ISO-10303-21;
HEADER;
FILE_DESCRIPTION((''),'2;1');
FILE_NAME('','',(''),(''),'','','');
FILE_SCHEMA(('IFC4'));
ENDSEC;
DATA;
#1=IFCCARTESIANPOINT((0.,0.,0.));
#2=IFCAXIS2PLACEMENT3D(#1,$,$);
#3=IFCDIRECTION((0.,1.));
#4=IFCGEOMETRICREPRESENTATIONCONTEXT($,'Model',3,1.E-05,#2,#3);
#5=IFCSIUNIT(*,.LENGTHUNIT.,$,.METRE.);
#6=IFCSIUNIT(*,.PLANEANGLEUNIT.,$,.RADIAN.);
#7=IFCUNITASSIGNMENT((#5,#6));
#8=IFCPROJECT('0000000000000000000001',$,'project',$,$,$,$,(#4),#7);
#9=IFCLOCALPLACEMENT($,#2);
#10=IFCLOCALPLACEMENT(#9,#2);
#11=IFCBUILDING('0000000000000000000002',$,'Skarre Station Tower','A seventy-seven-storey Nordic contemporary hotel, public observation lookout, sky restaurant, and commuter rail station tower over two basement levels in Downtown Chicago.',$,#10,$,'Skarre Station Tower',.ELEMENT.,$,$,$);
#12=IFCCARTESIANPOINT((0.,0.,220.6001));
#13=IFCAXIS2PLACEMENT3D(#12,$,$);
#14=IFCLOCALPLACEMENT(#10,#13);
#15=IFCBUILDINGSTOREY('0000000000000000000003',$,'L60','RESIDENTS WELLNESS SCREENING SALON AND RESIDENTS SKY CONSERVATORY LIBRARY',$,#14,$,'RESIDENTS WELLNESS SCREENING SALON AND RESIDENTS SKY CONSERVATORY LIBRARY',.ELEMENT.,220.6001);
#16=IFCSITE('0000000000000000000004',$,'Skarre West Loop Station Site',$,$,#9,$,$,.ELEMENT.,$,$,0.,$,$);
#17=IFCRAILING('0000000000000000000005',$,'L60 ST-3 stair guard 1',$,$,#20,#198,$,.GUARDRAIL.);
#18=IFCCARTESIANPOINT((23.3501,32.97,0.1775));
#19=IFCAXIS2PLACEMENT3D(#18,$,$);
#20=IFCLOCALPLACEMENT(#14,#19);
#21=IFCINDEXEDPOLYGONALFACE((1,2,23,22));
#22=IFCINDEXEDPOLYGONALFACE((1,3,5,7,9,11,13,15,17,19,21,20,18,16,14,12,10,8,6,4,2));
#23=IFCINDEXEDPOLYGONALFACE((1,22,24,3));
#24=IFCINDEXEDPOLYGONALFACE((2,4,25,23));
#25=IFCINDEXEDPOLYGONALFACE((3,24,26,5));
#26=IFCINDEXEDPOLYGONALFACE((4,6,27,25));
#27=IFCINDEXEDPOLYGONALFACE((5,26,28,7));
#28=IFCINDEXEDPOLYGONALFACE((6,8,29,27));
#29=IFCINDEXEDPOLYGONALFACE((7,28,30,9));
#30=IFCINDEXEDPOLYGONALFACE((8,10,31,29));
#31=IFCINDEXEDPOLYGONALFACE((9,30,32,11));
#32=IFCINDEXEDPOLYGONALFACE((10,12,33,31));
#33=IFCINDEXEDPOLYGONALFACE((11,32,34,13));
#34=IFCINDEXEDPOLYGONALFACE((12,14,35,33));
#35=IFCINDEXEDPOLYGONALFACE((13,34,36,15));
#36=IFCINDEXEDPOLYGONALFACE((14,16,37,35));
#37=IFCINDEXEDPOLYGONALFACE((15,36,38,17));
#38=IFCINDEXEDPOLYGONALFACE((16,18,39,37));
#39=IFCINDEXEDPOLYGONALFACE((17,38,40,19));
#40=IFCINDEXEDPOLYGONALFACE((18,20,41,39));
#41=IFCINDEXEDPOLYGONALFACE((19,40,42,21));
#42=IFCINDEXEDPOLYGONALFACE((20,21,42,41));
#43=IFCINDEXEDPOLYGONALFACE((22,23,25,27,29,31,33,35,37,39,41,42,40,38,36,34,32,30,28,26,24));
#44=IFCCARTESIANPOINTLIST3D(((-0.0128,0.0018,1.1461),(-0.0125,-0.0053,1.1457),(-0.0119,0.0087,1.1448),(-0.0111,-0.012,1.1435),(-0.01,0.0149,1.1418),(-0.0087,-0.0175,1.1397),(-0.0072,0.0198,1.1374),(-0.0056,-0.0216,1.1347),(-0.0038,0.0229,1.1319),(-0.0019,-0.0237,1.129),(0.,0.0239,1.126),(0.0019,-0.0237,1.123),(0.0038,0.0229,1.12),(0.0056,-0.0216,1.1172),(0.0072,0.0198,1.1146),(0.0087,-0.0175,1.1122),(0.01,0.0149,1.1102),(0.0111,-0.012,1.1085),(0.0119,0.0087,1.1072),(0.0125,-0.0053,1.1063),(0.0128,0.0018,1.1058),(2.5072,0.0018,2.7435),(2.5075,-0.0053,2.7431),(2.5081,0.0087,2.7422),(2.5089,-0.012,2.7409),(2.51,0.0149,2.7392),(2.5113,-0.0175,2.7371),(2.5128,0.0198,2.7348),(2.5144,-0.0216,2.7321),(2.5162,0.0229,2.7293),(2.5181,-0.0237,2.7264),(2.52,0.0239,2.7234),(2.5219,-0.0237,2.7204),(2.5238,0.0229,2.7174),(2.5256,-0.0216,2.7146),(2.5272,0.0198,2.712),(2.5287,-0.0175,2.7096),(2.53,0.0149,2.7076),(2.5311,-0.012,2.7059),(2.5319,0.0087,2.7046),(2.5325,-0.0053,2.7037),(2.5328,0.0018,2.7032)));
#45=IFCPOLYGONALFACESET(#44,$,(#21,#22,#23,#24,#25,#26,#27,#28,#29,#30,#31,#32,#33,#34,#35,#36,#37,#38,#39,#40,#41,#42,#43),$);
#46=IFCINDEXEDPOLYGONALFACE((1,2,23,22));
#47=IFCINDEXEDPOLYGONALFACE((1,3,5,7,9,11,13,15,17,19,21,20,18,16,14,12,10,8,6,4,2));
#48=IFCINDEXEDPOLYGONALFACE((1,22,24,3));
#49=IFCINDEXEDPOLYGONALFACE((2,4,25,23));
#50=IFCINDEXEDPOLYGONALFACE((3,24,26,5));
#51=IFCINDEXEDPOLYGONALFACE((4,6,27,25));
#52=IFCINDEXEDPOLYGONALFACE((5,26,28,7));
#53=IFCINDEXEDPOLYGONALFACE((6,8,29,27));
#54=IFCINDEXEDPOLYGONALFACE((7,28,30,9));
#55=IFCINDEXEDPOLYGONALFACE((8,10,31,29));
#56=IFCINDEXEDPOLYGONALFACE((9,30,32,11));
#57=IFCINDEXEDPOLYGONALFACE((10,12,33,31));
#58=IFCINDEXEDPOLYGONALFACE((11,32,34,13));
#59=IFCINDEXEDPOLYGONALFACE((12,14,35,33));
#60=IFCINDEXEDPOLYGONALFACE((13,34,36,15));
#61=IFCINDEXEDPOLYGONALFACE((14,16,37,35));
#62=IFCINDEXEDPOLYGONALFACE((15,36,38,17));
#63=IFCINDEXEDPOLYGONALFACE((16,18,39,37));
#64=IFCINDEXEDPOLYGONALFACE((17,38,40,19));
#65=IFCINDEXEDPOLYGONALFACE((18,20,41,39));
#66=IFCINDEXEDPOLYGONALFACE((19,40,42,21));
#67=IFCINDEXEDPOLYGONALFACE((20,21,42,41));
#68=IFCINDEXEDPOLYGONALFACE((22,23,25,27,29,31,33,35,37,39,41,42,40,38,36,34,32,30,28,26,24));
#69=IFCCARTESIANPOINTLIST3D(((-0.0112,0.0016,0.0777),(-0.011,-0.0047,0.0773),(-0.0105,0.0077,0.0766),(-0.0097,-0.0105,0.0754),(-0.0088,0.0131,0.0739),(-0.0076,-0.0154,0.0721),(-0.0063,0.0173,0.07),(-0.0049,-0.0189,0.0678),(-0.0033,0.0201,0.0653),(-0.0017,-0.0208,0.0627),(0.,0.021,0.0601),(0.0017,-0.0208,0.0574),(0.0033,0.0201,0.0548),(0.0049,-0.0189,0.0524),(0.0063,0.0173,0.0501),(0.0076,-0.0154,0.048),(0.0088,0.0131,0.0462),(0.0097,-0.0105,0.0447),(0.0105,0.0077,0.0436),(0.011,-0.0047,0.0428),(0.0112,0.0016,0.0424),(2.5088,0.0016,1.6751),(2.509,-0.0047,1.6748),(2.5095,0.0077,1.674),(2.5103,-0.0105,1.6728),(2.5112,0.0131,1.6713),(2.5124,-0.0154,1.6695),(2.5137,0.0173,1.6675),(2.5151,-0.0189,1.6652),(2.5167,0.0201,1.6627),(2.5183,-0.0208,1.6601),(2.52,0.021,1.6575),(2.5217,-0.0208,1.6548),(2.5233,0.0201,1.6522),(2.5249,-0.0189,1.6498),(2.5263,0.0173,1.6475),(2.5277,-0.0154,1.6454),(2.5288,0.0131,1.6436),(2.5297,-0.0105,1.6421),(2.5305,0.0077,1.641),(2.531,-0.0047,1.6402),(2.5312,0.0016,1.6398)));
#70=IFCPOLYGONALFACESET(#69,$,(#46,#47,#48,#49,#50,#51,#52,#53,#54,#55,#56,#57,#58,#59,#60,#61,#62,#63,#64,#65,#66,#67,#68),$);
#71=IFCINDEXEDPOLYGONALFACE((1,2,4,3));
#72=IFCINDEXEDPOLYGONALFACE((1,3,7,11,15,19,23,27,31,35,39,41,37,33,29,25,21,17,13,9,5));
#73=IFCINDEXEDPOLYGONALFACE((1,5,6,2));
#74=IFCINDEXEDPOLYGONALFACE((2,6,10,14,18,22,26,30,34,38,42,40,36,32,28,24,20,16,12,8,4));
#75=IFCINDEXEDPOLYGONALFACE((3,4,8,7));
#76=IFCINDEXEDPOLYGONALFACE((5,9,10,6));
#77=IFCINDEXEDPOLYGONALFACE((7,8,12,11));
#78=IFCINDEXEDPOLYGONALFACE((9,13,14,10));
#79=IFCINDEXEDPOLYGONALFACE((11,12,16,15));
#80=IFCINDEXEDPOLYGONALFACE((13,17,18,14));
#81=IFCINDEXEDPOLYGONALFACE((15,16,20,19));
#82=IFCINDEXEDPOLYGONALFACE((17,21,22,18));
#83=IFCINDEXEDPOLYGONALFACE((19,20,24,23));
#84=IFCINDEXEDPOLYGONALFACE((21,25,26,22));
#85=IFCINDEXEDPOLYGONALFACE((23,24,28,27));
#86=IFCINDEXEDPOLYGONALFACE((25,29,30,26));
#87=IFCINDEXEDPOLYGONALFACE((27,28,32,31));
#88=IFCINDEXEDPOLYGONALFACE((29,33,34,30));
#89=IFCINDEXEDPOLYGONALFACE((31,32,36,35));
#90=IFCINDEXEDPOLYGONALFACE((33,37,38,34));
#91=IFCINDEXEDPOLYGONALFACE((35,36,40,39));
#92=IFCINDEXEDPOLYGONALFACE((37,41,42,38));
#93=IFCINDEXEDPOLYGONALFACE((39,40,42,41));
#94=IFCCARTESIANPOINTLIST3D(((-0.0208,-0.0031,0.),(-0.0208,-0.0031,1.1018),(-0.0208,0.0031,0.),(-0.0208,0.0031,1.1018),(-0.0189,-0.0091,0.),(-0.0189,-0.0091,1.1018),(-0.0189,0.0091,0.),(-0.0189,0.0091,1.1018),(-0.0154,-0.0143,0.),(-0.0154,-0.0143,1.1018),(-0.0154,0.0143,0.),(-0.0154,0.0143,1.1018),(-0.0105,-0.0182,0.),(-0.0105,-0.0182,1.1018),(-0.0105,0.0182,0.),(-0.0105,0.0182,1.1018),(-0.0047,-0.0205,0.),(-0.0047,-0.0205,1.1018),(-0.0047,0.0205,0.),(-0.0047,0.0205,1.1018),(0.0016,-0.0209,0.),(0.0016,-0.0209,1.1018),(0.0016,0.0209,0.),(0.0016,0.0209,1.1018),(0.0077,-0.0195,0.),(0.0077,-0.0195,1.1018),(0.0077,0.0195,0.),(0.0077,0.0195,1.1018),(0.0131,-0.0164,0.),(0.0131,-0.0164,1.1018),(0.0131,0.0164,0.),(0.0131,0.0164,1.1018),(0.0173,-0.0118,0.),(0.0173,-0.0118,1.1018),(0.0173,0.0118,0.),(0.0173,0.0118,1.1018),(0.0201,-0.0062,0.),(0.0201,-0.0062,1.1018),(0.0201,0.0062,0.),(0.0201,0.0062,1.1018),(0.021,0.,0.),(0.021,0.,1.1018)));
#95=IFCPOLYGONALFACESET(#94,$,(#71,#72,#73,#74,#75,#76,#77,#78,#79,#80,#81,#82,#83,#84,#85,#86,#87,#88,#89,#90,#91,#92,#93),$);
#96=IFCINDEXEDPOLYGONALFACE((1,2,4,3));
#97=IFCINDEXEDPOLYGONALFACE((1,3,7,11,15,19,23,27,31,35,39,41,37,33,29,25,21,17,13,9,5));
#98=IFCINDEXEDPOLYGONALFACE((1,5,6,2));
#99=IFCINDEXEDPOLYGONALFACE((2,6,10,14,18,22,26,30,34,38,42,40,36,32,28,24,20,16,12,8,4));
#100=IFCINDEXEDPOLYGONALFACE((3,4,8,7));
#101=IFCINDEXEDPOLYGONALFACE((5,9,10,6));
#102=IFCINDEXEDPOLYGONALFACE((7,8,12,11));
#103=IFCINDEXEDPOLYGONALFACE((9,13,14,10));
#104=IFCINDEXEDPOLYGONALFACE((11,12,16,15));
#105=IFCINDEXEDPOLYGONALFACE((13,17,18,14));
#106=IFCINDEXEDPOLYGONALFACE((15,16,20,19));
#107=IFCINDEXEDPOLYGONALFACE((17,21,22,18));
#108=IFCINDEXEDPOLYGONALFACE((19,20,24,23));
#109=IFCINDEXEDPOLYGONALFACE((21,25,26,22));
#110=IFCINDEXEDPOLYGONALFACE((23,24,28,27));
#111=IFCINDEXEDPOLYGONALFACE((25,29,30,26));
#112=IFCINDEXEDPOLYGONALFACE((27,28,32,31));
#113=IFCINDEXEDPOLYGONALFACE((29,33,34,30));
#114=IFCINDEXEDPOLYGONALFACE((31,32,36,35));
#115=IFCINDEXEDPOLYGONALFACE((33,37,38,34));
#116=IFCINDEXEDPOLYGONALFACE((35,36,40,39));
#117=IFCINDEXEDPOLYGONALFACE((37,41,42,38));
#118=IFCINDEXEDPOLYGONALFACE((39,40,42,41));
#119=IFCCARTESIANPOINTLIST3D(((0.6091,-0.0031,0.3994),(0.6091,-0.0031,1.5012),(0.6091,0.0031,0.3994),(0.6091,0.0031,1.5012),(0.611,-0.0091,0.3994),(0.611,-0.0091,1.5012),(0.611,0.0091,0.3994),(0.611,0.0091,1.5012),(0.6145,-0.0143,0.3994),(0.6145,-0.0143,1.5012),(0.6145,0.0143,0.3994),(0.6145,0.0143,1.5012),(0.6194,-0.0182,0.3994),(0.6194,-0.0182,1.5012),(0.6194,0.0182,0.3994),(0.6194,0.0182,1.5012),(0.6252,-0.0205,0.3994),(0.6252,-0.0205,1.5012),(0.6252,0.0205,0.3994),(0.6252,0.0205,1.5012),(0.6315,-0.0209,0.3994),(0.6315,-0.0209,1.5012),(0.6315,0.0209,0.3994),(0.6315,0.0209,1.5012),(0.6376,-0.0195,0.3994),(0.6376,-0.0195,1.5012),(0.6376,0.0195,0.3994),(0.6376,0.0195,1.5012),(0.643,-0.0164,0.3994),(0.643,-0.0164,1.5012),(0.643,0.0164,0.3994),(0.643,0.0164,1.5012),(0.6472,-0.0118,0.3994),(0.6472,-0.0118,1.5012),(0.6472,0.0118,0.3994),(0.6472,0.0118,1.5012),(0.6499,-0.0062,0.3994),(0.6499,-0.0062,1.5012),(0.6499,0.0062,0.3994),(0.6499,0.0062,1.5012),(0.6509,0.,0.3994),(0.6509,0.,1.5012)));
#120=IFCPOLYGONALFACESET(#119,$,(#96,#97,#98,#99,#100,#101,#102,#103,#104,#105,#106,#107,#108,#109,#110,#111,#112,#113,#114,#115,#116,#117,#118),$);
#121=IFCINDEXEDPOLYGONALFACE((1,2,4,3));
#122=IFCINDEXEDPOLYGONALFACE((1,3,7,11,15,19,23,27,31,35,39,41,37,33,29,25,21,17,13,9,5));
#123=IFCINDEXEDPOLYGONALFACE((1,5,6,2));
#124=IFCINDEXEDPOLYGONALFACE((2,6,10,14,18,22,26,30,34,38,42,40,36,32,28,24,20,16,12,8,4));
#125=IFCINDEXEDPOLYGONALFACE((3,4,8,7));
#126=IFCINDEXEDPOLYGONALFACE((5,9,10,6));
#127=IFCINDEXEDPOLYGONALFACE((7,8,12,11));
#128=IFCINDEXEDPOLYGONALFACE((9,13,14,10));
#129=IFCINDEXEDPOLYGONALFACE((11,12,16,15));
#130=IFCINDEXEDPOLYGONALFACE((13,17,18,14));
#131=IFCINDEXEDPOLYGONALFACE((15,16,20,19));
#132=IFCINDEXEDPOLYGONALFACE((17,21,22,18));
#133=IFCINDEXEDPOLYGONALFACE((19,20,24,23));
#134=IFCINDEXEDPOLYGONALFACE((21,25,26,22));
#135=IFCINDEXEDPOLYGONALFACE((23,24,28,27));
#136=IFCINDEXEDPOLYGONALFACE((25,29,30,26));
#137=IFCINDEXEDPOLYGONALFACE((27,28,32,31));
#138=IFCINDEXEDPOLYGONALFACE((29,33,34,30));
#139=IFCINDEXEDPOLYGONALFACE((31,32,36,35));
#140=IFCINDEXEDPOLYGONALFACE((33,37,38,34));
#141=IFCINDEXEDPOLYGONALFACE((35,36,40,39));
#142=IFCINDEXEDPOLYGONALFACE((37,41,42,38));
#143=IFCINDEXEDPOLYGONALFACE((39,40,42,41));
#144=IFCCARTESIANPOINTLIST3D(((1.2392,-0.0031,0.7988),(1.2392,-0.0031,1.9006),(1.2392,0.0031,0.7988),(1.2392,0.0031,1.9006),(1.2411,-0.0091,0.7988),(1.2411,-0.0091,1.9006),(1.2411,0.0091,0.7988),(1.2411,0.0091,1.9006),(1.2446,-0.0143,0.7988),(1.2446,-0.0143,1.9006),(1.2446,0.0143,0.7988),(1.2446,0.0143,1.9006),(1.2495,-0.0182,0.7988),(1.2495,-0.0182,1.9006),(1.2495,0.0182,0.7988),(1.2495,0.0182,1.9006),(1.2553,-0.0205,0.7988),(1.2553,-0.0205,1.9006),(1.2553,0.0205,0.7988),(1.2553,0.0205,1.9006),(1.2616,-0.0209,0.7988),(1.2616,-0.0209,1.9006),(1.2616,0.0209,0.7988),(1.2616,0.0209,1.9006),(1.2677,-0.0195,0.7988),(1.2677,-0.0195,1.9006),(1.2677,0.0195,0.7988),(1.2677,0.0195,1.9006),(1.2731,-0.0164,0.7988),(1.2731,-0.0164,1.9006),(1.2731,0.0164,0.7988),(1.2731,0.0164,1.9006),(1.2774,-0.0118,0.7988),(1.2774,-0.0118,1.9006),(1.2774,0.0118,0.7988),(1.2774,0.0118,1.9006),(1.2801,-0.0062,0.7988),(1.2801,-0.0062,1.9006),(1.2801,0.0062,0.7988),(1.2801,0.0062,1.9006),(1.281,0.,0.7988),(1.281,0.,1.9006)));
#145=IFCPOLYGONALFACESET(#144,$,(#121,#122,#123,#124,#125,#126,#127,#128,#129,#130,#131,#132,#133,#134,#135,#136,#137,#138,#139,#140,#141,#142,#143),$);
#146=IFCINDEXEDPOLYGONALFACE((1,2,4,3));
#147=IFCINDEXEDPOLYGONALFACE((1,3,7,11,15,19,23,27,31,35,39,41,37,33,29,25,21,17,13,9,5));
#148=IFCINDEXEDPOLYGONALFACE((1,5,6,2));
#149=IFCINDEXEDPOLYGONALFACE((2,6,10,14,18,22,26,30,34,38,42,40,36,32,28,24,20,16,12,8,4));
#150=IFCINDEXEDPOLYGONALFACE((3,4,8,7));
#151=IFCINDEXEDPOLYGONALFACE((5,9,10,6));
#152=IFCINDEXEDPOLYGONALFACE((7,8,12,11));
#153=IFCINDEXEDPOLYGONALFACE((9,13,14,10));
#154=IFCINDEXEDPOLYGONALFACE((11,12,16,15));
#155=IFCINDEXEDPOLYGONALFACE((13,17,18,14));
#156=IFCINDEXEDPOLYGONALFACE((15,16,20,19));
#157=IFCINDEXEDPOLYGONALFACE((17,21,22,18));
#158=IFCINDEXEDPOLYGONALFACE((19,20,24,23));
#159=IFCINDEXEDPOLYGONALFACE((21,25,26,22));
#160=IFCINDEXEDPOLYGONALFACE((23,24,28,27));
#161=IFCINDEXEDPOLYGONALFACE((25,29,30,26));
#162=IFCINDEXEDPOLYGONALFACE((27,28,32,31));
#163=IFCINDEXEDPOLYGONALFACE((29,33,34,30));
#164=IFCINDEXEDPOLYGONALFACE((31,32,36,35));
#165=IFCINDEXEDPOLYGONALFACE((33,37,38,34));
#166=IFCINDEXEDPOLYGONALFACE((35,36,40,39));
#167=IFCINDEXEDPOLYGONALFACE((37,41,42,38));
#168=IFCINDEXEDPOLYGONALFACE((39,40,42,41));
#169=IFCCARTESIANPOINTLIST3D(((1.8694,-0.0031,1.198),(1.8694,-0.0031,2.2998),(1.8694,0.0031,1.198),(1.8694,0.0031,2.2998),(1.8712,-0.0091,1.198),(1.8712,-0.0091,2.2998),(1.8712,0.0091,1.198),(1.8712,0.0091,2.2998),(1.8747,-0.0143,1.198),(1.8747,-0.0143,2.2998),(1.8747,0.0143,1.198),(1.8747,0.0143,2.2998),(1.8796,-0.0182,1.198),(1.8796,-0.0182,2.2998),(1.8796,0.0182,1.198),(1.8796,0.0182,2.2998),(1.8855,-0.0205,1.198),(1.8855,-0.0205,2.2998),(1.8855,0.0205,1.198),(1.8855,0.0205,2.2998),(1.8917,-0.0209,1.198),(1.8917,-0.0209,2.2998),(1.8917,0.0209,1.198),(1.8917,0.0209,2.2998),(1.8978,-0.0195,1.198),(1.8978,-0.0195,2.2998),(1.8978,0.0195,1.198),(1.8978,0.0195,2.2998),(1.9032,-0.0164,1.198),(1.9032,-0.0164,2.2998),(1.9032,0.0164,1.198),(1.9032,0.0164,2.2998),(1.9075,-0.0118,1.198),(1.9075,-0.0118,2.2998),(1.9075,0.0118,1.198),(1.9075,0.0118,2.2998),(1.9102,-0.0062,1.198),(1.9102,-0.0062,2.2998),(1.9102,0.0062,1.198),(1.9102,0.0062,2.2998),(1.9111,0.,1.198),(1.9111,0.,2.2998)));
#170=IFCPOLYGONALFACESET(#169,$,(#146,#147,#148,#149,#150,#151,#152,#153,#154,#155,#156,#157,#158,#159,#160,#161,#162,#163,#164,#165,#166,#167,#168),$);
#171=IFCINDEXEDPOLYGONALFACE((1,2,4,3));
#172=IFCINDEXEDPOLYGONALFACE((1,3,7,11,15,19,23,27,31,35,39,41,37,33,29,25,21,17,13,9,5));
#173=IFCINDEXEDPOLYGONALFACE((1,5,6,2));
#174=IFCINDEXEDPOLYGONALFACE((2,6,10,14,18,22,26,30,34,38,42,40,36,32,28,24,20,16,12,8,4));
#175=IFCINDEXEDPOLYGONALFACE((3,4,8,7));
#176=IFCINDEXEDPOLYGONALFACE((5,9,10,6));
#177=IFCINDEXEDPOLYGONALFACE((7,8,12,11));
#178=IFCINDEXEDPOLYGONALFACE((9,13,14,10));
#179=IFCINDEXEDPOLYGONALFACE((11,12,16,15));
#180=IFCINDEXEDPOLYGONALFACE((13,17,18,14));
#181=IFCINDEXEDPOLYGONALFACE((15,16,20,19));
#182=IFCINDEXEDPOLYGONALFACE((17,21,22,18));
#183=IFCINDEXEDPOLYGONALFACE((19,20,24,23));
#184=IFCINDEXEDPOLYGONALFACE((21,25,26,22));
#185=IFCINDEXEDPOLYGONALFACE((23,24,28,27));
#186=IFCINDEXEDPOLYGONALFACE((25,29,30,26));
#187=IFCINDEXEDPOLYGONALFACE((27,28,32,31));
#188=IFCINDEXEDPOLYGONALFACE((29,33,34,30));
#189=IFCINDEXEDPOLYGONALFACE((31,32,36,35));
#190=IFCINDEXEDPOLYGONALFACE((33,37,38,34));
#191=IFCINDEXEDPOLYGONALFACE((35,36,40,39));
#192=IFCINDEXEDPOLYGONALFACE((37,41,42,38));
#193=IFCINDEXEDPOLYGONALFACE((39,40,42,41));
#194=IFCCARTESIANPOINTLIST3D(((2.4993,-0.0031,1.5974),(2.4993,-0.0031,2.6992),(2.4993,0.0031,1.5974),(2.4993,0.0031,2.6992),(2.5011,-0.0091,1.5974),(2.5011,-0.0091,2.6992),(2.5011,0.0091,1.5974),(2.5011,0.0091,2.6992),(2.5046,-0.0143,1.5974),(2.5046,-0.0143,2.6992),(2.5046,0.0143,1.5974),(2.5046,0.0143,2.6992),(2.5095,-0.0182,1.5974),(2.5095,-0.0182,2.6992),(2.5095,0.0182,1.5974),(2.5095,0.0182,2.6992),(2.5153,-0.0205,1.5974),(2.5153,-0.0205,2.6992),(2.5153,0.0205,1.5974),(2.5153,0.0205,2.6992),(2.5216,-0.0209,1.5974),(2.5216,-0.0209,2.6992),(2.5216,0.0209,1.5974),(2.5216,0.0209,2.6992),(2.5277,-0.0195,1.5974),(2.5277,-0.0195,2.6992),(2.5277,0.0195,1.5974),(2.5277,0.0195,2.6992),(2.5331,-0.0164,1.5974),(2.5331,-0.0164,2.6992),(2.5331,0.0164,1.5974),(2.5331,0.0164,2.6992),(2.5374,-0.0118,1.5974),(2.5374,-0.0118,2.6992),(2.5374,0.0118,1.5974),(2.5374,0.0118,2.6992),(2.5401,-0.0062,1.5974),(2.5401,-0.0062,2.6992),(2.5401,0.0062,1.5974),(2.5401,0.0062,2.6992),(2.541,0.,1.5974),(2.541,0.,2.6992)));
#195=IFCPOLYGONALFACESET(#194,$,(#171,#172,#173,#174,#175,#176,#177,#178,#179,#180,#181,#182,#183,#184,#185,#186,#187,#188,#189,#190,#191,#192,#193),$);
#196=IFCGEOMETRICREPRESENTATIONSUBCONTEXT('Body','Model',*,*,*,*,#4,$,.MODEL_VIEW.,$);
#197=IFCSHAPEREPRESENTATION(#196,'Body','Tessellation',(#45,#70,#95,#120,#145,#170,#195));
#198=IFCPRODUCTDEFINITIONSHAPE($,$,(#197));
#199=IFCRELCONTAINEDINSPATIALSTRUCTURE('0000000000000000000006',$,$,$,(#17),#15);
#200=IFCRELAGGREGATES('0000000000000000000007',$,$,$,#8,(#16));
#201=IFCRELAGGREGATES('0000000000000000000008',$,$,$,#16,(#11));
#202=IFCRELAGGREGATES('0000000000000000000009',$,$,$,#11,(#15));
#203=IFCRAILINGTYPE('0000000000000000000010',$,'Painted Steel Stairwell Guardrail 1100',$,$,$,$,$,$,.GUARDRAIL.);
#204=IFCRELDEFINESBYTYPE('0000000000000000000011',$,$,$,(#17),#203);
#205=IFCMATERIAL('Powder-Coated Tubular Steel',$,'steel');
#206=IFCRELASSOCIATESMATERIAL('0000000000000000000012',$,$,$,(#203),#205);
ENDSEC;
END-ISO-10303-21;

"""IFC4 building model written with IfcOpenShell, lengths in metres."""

from ifc_helpers import new_model, si_unit, direction, frame, origin, origin_2d, place, context, subcontext, project, spatial, circle, extrude, material, type_object, element, save


model = new_model("IFC4")

# Units and contexts
model_context = context("Model", 3, precision=1e-05, world=origin(), true_north=direction((0.0, 1.0)))
body_context = subcontext(model_context, "Body", "Model", "MODEL_VIEW")
ifc_project = project(units=[si_unit("LENGTHUNIT", "METRE"), si_unit("PLANEANGLEUNIT", "RADIAN")], contexts=[model_context])

# Site, building, storey
site_placement = place(None, origin())
site = spatial("IfcSite", under=ifc_project, at=site_placement, Name="Skarre West Loop Station Site", CompositionType="ELEMENT", RefElevation=0.0)
building_placement = place(site_placement, origin())
building = spatial("IfcBuilding", under=site, at=building_placement, Name="Skarre Station Tower", Description="A seventy-seven-storey Nordic contemporary hotel, public observation lookout, sky restaurant, and commuter rail station tower over two basement levels in Downtown Chicago.", LongName="Skarre Station Tower", CompositionType="ELEMENT")
storey_placement = place(building_placement, frame((0.0, 0.0, 220.6001)))
storey = spatial("IfcBuildingStorey", under=building, at=storey_placement, Name="L60", Description="RESIDENTS WELLNESS SCREENING SALON AND RESIDENTS SKY CONSERVATORY LIBRARY", LongName="RESIDENTS WELLNESS SCREENING SALON AND RESIDENTS SKY CONSERVATORY LIBRARY", CompositionType="ELEMENT", Elevation=220.6001)

# Railing
ifc_material_1 = material(Name="Powder-Coated Tubular Steel", Category="steel")
railing_type_1 = type_object("IfcRailingType", Name="Painted Steel Stairwell Guardrail 1100", PredefinedType="GUARDRAIL", material=ifc_material_1)
railing_1_placement = place(storey_placement, frame((23.3501, 32.97, 0.1775)))
element("IfcRailing", 1, at=railing_1_placement, inside=storey, type_object=railing_type_1, Name="L60 ST-3 stair guard 1", PredefinedType="GUARDRAIL", context=body_context, shape_type="SweptSolid", body=[
    extrude(circle(Radius=0.0239, at=origin_2d()), frame((0.0, 0.0, 1.126), z_axis=(0.844607, 0.0, 0.535387), x_axis=(0.0, 1.0, 0.0)), (0.0, 0.0, 1.0), 2.9836),
    extrude(circle(Radius=0.021, at=origin_2d()), frame((0.0, 0.0, 0.0601), z_axis=(0.844607, 0.0, 0.535387), x_axis=(0.0, 1.0, 0.0)), (0.0, 0.0, 1.0), 2.9836),
    extrude(circle(Radius=0.021, at=origin_2d()), origin(), (0.0, 0.0, 1.0), 1.1018),
    extrude(circle(Radius=0.021, at=origin_2d()), frame((0.6299, 0.0, 0.3994)), (0.0, 0.0, 1.0), 1.1018),
    extrude(circle(Radius=0.021, at=origin_2d()), frame((1.26, 0.0, 0.7988)), (0.0, 0.0, 1.0), 1.1018),
    extrude(circle(Radius=0.021, at=origin_2d()), frame((1.8901, 0.0, 1.198)), (0.0, 0.0, 1.0), 1.1018),
    extrude(circle(Radius=0.021, at=origin_2d()), frame((2.52, 0.0, 1.5974)), (0.0, 0.0, 1.0), 1.1018),
])

save(model, "model.ifc")
